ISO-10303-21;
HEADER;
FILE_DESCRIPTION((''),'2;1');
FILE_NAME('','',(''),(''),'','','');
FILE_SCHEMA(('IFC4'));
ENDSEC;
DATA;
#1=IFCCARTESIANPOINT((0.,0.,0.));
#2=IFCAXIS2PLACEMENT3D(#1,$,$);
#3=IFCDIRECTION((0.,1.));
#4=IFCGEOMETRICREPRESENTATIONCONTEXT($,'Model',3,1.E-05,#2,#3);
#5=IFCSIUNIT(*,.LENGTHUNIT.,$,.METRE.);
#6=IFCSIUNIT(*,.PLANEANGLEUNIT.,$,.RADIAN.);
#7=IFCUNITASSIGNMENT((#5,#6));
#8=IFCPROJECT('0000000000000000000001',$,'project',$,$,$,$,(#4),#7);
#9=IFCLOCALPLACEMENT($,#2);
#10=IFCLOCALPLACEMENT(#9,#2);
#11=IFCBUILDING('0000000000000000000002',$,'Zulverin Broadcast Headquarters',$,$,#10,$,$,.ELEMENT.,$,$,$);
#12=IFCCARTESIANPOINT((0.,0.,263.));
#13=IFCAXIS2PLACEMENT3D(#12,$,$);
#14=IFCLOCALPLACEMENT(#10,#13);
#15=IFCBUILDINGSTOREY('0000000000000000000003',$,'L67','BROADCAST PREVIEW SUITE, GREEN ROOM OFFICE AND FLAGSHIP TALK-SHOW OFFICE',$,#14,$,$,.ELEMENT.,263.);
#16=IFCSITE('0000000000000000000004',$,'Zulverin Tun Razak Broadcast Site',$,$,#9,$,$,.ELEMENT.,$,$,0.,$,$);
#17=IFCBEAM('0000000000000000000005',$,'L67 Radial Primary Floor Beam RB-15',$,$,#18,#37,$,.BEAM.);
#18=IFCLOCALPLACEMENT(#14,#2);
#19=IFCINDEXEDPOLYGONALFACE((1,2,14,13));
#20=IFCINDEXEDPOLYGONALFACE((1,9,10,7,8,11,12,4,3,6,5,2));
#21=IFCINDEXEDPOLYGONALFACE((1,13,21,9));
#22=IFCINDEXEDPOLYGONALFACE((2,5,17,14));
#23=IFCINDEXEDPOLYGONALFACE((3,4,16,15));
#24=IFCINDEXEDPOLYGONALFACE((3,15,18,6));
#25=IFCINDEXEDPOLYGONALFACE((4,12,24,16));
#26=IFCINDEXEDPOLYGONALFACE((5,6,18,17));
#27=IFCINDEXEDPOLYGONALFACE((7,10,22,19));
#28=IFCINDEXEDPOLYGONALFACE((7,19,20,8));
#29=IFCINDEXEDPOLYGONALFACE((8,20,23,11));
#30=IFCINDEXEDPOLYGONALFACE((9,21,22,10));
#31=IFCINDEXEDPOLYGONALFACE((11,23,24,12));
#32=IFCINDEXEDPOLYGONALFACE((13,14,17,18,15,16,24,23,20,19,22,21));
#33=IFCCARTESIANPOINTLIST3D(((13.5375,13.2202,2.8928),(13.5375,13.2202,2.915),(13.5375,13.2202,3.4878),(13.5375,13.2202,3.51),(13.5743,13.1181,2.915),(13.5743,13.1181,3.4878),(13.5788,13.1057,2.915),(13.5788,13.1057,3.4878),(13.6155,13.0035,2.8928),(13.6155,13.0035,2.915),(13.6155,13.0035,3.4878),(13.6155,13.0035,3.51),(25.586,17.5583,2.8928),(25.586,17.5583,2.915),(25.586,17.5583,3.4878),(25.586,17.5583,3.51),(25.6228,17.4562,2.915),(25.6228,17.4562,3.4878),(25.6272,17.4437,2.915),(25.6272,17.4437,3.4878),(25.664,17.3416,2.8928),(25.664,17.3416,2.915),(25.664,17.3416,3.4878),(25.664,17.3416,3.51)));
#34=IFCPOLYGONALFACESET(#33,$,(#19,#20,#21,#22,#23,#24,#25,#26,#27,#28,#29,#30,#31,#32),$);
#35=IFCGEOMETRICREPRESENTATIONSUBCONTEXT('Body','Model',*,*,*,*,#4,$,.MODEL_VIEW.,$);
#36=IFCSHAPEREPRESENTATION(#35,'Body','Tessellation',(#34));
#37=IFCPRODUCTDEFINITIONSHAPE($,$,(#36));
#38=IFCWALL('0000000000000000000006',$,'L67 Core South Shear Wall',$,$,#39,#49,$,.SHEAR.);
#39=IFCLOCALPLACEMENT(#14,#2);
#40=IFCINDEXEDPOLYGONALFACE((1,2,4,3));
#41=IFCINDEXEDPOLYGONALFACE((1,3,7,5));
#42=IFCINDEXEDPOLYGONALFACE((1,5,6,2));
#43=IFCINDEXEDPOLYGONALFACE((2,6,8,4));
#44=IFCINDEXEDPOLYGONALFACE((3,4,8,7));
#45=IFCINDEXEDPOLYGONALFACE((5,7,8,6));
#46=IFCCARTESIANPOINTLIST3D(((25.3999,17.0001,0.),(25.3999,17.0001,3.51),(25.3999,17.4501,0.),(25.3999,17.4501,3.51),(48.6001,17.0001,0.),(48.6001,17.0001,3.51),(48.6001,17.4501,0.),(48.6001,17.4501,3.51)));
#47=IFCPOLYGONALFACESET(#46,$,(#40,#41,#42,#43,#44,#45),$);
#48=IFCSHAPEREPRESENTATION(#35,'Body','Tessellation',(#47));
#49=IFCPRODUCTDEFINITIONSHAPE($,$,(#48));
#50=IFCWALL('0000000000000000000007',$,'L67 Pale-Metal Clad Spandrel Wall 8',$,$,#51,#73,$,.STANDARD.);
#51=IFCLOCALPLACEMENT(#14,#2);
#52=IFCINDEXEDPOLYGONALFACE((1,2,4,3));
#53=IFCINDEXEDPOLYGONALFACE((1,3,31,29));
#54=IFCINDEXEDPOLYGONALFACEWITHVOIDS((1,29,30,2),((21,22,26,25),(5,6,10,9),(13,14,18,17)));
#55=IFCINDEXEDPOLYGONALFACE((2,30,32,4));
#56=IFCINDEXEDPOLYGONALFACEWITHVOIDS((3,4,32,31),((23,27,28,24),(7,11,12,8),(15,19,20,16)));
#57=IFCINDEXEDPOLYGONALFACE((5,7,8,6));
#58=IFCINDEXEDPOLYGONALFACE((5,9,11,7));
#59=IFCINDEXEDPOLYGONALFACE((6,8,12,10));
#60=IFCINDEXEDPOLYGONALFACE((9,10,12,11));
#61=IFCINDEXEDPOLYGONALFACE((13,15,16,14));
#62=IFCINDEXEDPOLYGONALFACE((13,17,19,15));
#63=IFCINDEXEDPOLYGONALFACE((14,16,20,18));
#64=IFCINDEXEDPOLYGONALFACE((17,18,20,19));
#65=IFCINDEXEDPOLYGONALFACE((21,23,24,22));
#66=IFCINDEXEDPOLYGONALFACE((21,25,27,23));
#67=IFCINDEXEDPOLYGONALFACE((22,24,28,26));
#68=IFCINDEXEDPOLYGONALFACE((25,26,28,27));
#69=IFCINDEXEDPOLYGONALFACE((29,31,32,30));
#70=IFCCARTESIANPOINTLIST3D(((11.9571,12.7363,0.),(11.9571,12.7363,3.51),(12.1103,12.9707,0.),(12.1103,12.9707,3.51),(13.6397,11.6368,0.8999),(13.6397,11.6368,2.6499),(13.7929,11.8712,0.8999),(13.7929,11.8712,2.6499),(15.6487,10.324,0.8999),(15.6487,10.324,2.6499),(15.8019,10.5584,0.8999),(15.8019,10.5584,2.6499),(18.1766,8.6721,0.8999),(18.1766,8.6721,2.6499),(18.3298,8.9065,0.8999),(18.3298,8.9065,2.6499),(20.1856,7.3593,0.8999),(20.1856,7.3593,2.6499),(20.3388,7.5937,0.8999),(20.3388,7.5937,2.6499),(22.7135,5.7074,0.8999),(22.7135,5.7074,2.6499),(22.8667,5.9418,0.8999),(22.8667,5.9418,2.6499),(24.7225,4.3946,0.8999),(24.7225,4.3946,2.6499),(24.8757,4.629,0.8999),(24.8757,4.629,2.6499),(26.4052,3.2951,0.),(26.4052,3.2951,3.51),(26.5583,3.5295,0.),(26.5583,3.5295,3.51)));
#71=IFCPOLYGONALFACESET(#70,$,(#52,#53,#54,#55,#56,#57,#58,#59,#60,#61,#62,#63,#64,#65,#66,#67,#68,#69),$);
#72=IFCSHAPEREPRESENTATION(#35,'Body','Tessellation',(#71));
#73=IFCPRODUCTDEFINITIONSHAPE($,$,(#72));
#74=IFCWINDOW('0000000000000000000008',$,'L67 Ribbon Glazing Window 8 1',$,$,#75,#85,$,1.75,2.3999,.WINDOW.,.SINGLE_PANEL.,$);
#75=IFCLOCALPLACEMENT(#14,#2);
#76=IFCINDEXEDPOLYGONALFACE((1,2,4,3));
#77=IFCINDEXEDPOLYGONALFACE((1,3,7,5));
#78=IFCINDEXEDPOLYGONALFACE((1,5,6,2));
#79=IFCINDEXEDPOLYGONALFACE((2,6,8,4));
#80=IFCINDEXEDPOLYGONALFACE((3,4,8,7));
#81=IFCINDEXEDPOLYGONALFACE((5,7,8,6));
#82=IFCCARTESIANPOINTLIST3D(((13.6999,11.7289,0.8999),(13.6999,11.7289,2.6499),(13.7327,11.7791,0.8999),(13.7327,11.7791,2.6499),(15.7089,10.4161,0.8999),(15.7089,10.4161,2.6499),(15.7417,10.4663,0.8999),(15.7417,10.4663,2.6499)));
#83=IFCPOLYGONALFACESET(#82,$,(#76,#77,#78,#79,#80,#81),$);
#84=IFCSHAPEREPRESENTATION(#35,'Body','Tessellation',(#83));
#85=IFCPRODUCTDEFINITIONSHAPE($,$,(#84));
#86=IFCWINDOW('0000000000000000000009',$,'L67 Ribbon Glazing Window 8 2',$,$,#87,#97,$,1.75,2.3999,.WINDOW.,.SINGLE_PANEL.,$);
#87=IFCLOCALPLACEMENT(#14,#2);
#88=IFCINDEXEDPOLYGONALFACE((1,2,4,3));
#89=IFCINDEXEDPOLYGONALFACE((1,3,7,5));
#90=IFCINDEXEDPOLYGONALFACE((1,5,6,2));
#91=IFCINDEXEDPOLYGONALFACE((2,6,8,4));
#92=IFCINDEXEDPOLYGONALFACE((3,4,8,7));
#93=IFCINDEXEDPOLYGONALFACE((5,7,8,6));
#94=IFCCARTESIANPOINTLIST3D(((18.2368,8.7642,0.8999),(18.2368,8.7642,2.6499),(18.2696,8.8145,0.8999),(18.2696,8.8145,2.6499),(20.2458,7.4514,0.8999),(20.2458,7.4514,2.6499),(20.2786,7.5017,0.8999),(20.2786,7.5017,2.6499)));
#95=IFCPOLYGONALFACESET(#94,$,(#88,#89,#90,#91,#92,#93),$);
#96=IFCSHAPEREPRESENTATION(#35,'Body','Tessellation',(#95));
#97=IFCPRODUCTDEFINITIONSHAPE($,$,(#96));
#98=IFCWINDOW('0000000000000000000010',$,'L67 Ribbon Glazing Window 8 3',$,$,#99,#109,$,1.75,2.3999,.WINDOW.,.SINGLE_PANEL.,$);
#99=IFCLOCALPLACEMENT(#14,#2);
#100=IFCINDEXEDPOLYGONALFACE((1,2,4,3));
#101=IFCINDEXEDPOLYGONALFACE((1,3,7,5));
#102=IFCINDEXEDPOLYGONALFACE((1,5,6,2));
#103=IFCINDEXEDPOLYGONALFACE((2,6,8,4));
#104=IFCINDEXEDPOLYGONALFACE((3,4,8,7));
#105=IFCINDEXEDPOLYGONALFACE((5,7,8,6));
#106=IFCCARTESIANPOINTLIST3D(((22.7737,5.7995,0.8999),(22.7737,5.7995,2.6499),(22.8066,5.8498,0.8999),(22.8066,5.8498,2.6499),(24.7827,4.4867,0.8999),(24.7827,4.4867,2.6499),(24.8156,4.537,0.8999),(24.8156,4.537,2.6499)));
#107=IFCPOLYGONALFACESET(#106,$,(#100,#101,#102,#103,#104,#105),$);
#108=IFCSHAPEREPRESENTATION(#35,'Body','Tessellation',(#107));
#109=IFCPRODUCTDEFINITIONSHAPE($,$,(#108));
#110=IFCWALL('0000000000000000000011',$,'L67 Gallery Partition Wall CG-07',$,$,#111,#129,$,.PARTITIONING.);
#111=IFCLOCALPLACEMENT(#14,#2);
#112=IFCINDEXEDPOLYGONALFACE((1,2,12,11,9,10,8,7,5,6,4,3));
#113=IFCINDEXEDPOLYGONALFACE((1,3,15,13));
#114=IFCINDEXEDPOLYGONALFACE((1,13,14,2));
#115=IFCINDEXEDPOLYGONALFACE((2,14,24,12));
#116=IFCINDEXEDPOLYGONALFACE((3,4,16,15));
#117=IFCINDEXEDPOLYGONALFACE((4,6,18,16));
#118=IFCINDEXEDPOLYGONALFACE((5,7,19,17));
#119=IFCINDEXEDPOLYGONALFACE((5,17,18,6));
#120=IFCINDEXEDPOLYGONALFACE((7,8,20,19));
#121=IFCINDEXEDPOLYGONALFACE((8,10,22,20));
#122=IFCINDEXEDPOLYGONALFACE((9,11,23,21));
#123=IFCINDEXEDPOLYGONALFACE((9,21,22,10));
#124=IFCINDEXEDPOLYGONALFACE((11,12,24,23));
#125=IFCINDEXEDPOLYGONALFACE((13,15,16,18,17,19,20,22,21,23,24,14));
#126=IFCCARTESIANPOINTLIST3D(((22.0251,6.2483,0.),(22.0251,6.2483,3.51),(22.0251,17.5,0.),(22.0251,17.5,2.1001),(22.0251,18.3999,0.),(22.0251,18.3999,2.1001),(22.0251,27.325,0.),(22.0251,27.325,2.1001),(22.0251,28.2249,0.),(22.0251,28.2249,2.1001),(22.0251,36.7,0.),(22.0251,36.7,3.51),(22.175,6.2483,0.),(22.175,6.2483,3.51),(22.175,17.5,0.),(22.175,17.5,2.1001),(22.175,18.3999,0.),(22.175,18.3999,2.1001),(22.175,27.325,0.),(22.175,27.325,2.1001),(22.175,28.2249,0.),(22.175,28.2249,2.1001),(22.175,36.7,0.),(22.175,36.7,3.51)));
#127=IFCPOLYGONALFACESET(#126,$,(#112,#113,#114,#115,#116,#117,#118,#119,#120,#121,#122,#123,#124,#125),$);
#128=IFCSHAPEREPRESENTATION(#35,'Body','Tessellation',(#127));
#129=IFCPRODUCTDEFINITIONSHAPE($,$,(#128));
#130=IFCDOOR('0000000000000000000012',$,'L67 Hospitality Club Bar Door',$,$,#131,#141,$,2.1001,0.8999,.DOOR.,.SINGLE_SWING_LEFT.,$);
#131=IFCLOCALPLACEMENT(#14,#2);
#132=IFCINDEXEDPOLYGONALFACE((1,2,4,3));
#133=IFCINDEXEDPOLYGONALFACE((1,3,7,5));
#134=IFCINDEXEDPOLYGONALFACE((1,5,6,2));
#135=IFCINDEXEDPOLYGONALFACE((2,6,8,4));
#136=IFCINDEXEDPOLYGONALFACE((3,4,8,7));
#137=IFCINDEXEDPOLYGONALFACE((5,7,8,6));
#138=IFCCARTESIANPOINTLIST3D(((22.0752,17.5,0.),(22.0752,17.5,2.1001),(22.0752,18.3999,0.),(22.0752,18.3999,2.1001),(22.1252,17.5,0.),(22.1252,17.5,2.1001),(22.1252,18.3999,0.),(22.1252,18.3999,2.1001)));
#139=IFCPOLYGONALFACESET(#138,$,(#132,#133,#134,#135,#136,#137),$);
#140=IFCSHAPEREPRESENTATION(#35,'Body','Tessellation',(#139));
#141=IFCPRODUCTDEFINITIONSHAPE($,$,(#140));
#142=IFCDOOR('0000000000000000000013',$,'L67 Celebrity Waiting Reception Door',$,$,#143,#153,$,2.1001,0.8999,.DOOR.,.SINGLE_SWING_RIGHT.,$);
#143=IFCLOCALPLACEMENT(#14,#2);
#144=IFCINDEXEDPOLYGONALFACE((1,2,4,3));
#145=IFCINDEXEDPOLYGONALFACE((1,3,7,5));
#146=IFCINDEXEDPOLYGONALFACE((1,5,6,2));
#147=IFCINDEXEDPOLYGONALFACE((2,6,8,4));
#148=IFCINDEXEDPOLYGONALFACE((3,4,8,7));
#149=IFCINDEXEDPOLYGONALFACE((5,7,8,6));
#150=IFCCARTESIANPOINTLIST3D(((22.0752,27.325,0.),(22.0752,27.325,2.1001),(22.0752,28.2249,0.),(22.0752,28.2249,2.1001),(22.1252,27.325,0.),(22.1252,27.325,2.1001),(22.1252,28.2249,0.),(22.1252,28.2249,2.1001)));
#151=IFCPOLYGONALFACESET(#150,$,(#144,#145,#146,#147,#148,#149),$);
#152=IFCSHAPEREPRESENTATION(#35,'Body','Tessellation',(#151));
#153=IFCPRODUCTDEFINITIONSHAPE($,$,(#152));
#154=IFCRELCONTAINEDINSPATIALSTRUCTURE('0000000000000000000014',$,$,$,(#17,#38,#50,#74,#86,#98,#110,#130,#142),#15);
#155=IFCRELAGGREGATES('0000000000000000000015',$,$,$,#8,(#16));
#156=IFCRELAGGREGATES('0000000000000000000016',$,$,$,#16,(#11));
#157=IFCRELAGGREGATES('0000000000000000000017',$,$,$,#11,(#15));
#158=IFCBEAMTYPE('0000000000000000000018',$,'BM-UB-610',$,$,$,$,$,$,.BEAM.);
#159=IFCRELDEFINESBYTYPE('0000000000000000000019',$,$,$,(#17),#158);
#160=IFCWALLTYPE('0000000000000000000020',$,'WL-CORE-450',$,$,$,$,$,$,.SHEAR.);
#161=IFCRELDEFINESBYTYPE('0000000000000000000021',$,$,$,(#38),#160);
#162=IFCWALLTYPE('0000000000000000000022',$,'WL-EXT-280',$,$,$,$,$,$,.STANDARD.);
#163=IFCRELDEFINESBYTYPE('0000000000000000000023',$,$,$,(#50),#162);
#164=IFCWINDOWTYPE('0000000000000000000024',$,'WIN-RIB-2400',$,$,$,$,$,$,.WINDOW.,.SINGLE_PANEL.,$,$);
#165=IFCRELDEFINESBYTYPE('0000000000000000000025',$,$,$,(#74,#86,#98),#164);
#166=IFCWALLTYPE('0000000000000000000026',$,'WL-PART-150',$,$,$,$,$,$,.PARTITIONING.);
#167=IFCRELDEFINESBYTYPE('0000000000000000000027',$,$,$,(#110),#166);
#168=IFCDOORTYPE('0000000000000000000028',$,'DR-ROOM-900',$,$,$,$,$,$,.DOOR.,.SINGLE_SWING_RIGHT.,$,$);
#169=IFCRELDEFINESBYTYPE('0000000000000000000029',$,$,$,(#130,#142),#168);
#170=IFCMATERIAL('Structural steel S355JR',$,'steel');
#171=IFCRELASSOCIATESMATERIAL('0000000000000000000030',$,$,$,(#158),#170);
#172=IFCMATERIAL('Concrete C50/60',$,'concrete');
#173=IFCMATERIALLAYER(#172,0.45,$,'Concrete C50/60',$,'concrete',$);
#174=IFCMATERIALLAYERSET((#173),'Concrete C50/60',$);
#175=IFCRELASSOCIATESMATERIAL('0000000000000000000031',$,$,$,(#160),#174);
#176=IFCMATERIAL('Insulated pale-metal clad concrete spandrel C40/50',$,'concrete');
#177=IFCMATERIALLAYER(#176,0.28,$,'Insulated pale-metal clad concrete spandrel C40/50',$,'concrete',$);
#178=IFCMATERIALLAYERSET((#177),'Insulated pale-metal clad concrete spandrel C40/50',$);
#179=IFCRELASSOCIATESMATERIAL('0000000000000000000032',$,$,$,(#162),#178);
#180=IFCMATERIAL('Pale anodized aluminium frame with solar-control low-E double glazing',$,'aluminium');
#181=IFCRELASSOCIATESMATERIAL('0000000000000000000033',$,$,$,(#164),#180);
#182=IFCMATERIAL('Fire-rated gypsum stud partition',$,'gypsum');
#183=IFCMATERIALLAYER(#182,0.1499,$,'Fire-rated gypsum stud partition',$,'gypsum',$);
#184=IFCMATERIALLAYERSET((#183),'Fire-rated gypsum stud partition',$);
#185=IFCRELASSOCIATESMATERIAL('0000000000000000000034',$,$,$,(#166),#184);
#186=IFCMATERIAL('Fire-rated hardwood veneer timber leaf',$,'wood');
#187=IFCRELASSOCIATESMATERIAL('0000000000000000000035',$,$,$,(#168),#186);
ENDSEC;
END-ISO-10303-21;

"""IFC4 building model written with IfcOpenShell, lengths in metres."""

from ifc_helpers import new_model, si_unit, direction, frame, frame_2d, origin, origin_2d, place, context, subcontext, project, spatial, rectangle, i_section, extrude, material, layer, layer_set, material_profile, profile_set, type_object, element, fill, save


model = new_model("IFC4")

# Units and contexts
model_context = context("Model", 3, precision=1e-05, world=origin(), true_north=direction((0.0, 1.0)))
body_context = subcontext(model_context, "Body", "Model", "MODEL_VIEW")
ifc_project = project(units=[si_unit("LENGTHUNIT", "METRE"), si_unit("PLANEANGLEUNIT", "RADIAN")], contexts=[model_context])

# Site, building, storey
site_placement = place(None, origin())
site = spatial("IfcSite", under=ifc_project, at=site_placement, Name="Zulverin Tun Razak Broadcast Site", CompositionType="ELEMENT", RefElevation=0.0)
building_placement = place(site_placement, origin())
building = spatial("IfcBuilding", under=site, at=building_placement, Name="Zulverin Broadcast Headquarters", CompositionType="ELEMENT")
storey_placement = place(building_placement, frame((0.0, 0.0, 263.0)))
storey = spatial("IfcBuildingStorey", under=building, at=storey_placement, Name="L67", Description="BROADCAST PREVIEW SUITE, GREEN ROOM OFFICE AND FLAGSHIP TALK-SHOW OFFICE", CompositionType="ELEMENT", Elevation=263.0)

# Shared definitions
ifc_material_1 = material(Name="Concrete C50/60", Category="concrete")

# Beam
ifc_material_2 = material(Name="Structural steel S355JR", Category="steel")
ifc_material_profile_1 = material_profile(ifc_material_2, i_section(OverallWidth=0.2302, OverallDepth=0.6172, WebThickness=0.0132, FlangeThickness=0.0222, at=origin_2d()), Name="Structural steel S355JR", Category="steel")
ifc_profile_set_1 = profile_set([ifc_material_profile_1], Name="Structural steel S355JR")
beam_type_1 = type_object("IfcBeamType", Name="BM-UB-610", PredefinedType="BEAM", material=ifc_profile_set_1)
beam_1_placement = place(storey_placement, frame((25.625, 17.45, 3.2014), z_axis=(-0.940871, -0.338764, 0.0), x_axis=(0.338764, -0.940871, 0.0)))
element("IfcBeam", 1, at=beam_1_placement, inside=storey, type_object=beam_type_1, Name="L67 Radial Primary Floor Beam RB-15", PredefinedType="BEAM", context=body_context, shape_type="SweptSolid", body=[
    extrude(i_section(OverallWidth=0.2302, OverallDepth=0.6172, WebThickness=0.0132, FlangeThickness=0.0222, at=origin_2d()), origin(), (0.0, 0.0, 1.0), 12.8057),
])

# Wall
ifc_layer_1 = layer(ifc_material_1, 0.45, Name="Concrete C50/60", Category="concrete")
ifc_layer_set_1 = layer_set([ifc_layer_1], Name="Concrete C50/60")
wall_type_1 = type_object("IfcWallType", Name="WL-CORE-450", PredefinedType="SHEAR", material=ifc_layer_set_1)
wall_1_placement = place(storey_placement, frame((25.3999, 17.2251, 0.0), z_axis=(0.0, 0.0, 1.0), x_axis=(1.0, 0.0, 0.0)))
element("IfcWall", 2, at=wall_1_placement, inside=storey, type_object=wall_type_1, Name="L67 Core South Shear Wall", PredefinedType="SHEAR", context=body_context, shape_type="SweptSolid", body=[
    extrude(rectangle(XDim=23.2002, YDim=0.45, at=frame_2d((11.6001, 0.0))), origin(), (0.0, 0.0, 1.0), 3.51),
])

# Wall, openings, windows
ifc_material_3 = material(Name="Insulated pale-metal clad concrete spandrel C40/50", Category="concrete")
ifc_layer_2 = layer(ifc_material_3, 0.28, Name="Insulated pale-metal clad concrete spandrel C40/50", Category="concrete")
ifc_layer_set_2 = layer_set([ifc_layer_2], Name="Insulated pale-metal clad concrete spandrel C40/50")
wall_type_2 = type_object("IfcWallType", Name="WL-EXT-280", PredefinedType="STANDARD", material=ifc_layer_set_2)
wall_2_placement = place(storey_placement, frame((12.0337, 12.8535, 0.0), z_axis=(0.0, 0.0, 1.0), x_axis=(0.837118, -0.547022, 0.0)))
wall_2 = element("IfcWall", 3, at=wall_2_placement, inside=storey, type_object=wall_type_2, Name="L67 Pale-Metal Clad Spandrel Wall 8", PredefinedType="STANDARD", context=body_context, shape_type="SweptSolid", body=[
    extrude(rectangle(XDim=17.2593, YDim=0.28, at=frame_2d((8.6296, 0.0))), origin(), (0.0, 0.0, 1.0), 3.51),
])
opening_1_placement = place(wall_2_placement, frame((2.01, 0.0, 0.8999)))
opening_1 = element("IfcOpeningElement", 4, at=opening_1_placement, cuts=wall_2, PredefinedType="OPENING", context=body_context, shape_type="SweptSolid", body=[
    extrude(rectangle(XDim=2.3999, YDim=1.75, at=frame_2d((1.2, 0.875))), frame((0.0, 0.1499, 0.0), z_axis=(0.0, -1.0, 0.0), x_axis=(1.0, 0.0, 0.0)), (0.0, 0.0, 1.0), 0.3),
])
opening_2_placement = place(wall_2_placement, frame((7.4297, 0.0, 0.8999)))
opening_2 = element("IfcOpeningElement", 5, at=opening_2_placement, cuts=wall_2, PredefinedType="OPENING", context=body_context, shape_type="SweptSolid", body=[
    extrude(rectangle(XDim=2.3999, YDim=1.75, at=frame_2d((1.2, 0.875))), frame((0.0, 0.1499, 0.0), z_axis=(0.0, -1.0, 0.0), x_axis=(1.0, 0.0, 0.0)), (0.0, 0.0, 1.0), 0.3),
])
opening_3_placement = place(wall_2_placement, frame((12.8494, 0.0, 0.8999)))
opening_3 = element("IfcOpeningElement", 6, at=opening_3_placement, cuts=wall_2, PredefinedType="OPENING", context=body_context, shape_type="SweptSolid", body=[
    extrude(rectangle(XDim=2.3999, YDim=1.75, at=frame_2d((1.2, 0.875))), frame((0.0, 0.1499, 0.0), z_axis=(0.0, -1.0, 0.0), x_axis=(1.0, 0.0, 0.0)), (0.0, 0.0, 1.0), 0.3),
])
ifc_material_4 = material(Name="Pale anodized aluminium frame with solar-control low-E double glazing", Category="aluminium")
window_type = type_object("IfcWindowType", Name="WIN-RIB-2400", PartitioningType="SINGLE_PANEL", PredefinedType="WINDOW", material=ifc_material_4)
window_1_placement = place(opening_1_placement, origin())
window_1 = element("IfcWindow", 7, at=window_1_placement, inside=storey, type_object=window_type, Name="L67 Ribbon Glazing Window 8 1", OverallHeight=1.75, OverallWidth=2.3999, PartitioningType="SINGLE_PANEL", PredefinedType="WINDOW", context=body_context, shape_type="SweptSolid", body=[
    extrude(rectangle(XDim=2.3999, YDim=1.75, at=frame_2d((1.2, 0.875))), frame((0.0, 0.03, 0.0), z_axis=(0.0, -1.0, 0.0), x_axis=(1.0, 0.0, 0.0)), (0.0, 0.0, 1.0), 0.0601),
])
fill(opening_1, window_1)
window_2_placement = place(opening_2_placement, origin())
window_2 = element("IfcWindow", 8, at=window_2_placement, inside=storey, type_object=window_type, Name="L67 Ribbon Glazing Window 8 2", OverallHeight=1.75, OverallWidth=2.3999, PartitioningType="SINGLE_PANEL", PredefinedType="WINDOW", context=body_context, shape_type="SweptSolid", body=[
    extrude(rectangle(XDim=2.3999, YDim=1.75, at=frame_2d((1.2, 0.875))), frame((0.0, 0.03, 0.0), z_axis=(0.0, -1.0, 0.0), x_axis=(1.0, 0.0, 0.0)), (0.0, 0.0, 1.0), 0.0601),
])
fill(opening_2, window_2)
window_3_placement = place(opening_3_placement, origin())
window_3 = element("IfcWindow", 9, at=window_3_placement, inside=storey, type_object=window_type, Name="L67 Ribbon Glazing Window 8 3", OverallHeight=1.75, OverallWidth=2.3999, PartitioningType="SINGLE_PANEL", PredefinedType="WINDOW", context=body_context, shape_type="SweptSolid", body=[
    extrude(rectangle(XDim=2.3999, YDim=1.75, at=frame_2d((1.2, 0.875))), frame((0.0, 0.03, 0.0), z_axis=(0.0, -1.0, 0.0), x_axis=(1.0, 0.0, 0.0)), (0.0, 0.0, 1.0), 0.0601),
])
fill(opening_3, window_3)

# Wall, openings, doors
ifc_material_5 = material(Name="Fire-rated gypsum stud partition", Category="gypsum")
ifc_layer_3 = layer(ifc_material_5, 0.1499, Name="Fire-rated gypsum stud partition", Category="gypsum")
ifc_layer_set_3 = layer_set([ifc_layer_3], Name="Fire-rated gypsum stud partition")
wall_type_3 = type_object("IfcWallType", Name="WL-PART-150", PredefinedType="PARTITIONING", material=ifc_layer_set_3)
wall_3_placement = place(storey_placement, frame((22.1001, 6.2483, 0.0), z_axis=(0.0, 0.0, 1.0), x_axis=(0.0, 1.0, 0.0)))
wall_3 = element("IfcWall", 10, at=wall_3_placement, inside=storey, type_object=wall_type_3, Name="L67 Gallery Partition Wall CG-07", PredefinedType="PARTITIONING", context=body_context, shape_type="SweptSolid", body=[
    extrude(rectangle(XDim=30.4517, YDim=0.1499, at=frame_2d((15.2258, 0.0))), origin(), (0.0, 0.0, 1.0), 3.51),
])
opening_4_placement = place(wall_3_placement, frame((11.2517, 0.0, 0.0)))
opening_4 = element("IfcOpeningElement", 11, at=opening_4_placement, cuts=wall_3, PredefinedType="OPENING", context=body_context, shape_type="SweptSolid", body=[
    extrude(rectangle(XDim=0.8999, YDim=2.1001, at=frame_2d((0.45, 1.05))), frame((0.0, 0.085, 0.0), z_axis=(0.0, -1.0, 0.0), x_axis=(1.0, 0.0, 0.0)), (0.0, 0.0, 1.0), 0.1699),
])
opening_5_placement = place(wall_3_placement, frame((21.0767, 0.0, 0.0)))
opening_5 = element("IfcOpeningElement", 12, at=opening_5_placement, cuts=wall_3, PredefinedType="OPENING", context=body_context, shape_type="SweptSolid", body=[
    extrude(rectangle(XDim=0.8999, YDim=2.1001, at=frame_2d((0.45, 1.05))), frame((0.0, 0.085, 0.0), z_axis=(0.0, -1.0, 0.0), x_axis=(1.0, 0.0, 0.0)), (0.0, 0.0, 1.0), 0.1699),
])
ifc_material_6 = material(Name="Fire-rated hardwood veneer timber leaf", Category="wood")
door_type_1 = type_object("IfcDoorType", Name="DR-ROOM-900", OperationType="SINGLE_SWING_RIGHT", PredefinedType="DOOR", material=ifc_material_6)
door_1_placement = place(opening_4_placement, origin())
door_1 = element("IfcDoor", 13, at=door_1_placement, inside=storey, type_object=door_type_1, Name="L67 Hospitality Club Bar Door", OperationType="SINGLE_SWING_LEFT", OverallHeight=2.1001, OverallWidth=0.8999, PredefinedType="DOOR", context=body_context, shape_type="SweptSolid", body=[
    extrude(rectangle(XDim=0.8999, YDim=2.1001, at=frame_2d((0.45, 1.05))), frame((0.0, 0.0249, 0.0), z_axis=(0.0, -1.0, 0.0), x_axis=(1.0, 0.0, 0.0)), (0.0, 0.0, 1.0), 0.05),
])
fill(opening_4, door_1)
door_2_placement = place(opening_5_placement, origin())
door_2 = element("IfcDoor", 14, at=door_2_placement, inside=storey, type_object=door_type_1, Name="L67 Celebrity Waiting Reception Door", OperationType="SINGLE_SWING_RIGHT", OverallHeight=2.1001, OverallWidth=0.8999, PredefinedType="DOOR", context=body_context, shape_type="SweptSolid", body=[
    extrude(rectangle(XDim=0.8999, YDim=2.1001, at=frame_2d((0.45, 1.05))), frame((0.0, 0.0249, 0.0), z_axis=(0.0, -1.0, 0.0), x_axis=(1.0, 0.0, 0.0)), (0.0, 0.0, 1.0), 0.05),
])
fill(opening_5, door_2)

save(model, "model.ifc")
